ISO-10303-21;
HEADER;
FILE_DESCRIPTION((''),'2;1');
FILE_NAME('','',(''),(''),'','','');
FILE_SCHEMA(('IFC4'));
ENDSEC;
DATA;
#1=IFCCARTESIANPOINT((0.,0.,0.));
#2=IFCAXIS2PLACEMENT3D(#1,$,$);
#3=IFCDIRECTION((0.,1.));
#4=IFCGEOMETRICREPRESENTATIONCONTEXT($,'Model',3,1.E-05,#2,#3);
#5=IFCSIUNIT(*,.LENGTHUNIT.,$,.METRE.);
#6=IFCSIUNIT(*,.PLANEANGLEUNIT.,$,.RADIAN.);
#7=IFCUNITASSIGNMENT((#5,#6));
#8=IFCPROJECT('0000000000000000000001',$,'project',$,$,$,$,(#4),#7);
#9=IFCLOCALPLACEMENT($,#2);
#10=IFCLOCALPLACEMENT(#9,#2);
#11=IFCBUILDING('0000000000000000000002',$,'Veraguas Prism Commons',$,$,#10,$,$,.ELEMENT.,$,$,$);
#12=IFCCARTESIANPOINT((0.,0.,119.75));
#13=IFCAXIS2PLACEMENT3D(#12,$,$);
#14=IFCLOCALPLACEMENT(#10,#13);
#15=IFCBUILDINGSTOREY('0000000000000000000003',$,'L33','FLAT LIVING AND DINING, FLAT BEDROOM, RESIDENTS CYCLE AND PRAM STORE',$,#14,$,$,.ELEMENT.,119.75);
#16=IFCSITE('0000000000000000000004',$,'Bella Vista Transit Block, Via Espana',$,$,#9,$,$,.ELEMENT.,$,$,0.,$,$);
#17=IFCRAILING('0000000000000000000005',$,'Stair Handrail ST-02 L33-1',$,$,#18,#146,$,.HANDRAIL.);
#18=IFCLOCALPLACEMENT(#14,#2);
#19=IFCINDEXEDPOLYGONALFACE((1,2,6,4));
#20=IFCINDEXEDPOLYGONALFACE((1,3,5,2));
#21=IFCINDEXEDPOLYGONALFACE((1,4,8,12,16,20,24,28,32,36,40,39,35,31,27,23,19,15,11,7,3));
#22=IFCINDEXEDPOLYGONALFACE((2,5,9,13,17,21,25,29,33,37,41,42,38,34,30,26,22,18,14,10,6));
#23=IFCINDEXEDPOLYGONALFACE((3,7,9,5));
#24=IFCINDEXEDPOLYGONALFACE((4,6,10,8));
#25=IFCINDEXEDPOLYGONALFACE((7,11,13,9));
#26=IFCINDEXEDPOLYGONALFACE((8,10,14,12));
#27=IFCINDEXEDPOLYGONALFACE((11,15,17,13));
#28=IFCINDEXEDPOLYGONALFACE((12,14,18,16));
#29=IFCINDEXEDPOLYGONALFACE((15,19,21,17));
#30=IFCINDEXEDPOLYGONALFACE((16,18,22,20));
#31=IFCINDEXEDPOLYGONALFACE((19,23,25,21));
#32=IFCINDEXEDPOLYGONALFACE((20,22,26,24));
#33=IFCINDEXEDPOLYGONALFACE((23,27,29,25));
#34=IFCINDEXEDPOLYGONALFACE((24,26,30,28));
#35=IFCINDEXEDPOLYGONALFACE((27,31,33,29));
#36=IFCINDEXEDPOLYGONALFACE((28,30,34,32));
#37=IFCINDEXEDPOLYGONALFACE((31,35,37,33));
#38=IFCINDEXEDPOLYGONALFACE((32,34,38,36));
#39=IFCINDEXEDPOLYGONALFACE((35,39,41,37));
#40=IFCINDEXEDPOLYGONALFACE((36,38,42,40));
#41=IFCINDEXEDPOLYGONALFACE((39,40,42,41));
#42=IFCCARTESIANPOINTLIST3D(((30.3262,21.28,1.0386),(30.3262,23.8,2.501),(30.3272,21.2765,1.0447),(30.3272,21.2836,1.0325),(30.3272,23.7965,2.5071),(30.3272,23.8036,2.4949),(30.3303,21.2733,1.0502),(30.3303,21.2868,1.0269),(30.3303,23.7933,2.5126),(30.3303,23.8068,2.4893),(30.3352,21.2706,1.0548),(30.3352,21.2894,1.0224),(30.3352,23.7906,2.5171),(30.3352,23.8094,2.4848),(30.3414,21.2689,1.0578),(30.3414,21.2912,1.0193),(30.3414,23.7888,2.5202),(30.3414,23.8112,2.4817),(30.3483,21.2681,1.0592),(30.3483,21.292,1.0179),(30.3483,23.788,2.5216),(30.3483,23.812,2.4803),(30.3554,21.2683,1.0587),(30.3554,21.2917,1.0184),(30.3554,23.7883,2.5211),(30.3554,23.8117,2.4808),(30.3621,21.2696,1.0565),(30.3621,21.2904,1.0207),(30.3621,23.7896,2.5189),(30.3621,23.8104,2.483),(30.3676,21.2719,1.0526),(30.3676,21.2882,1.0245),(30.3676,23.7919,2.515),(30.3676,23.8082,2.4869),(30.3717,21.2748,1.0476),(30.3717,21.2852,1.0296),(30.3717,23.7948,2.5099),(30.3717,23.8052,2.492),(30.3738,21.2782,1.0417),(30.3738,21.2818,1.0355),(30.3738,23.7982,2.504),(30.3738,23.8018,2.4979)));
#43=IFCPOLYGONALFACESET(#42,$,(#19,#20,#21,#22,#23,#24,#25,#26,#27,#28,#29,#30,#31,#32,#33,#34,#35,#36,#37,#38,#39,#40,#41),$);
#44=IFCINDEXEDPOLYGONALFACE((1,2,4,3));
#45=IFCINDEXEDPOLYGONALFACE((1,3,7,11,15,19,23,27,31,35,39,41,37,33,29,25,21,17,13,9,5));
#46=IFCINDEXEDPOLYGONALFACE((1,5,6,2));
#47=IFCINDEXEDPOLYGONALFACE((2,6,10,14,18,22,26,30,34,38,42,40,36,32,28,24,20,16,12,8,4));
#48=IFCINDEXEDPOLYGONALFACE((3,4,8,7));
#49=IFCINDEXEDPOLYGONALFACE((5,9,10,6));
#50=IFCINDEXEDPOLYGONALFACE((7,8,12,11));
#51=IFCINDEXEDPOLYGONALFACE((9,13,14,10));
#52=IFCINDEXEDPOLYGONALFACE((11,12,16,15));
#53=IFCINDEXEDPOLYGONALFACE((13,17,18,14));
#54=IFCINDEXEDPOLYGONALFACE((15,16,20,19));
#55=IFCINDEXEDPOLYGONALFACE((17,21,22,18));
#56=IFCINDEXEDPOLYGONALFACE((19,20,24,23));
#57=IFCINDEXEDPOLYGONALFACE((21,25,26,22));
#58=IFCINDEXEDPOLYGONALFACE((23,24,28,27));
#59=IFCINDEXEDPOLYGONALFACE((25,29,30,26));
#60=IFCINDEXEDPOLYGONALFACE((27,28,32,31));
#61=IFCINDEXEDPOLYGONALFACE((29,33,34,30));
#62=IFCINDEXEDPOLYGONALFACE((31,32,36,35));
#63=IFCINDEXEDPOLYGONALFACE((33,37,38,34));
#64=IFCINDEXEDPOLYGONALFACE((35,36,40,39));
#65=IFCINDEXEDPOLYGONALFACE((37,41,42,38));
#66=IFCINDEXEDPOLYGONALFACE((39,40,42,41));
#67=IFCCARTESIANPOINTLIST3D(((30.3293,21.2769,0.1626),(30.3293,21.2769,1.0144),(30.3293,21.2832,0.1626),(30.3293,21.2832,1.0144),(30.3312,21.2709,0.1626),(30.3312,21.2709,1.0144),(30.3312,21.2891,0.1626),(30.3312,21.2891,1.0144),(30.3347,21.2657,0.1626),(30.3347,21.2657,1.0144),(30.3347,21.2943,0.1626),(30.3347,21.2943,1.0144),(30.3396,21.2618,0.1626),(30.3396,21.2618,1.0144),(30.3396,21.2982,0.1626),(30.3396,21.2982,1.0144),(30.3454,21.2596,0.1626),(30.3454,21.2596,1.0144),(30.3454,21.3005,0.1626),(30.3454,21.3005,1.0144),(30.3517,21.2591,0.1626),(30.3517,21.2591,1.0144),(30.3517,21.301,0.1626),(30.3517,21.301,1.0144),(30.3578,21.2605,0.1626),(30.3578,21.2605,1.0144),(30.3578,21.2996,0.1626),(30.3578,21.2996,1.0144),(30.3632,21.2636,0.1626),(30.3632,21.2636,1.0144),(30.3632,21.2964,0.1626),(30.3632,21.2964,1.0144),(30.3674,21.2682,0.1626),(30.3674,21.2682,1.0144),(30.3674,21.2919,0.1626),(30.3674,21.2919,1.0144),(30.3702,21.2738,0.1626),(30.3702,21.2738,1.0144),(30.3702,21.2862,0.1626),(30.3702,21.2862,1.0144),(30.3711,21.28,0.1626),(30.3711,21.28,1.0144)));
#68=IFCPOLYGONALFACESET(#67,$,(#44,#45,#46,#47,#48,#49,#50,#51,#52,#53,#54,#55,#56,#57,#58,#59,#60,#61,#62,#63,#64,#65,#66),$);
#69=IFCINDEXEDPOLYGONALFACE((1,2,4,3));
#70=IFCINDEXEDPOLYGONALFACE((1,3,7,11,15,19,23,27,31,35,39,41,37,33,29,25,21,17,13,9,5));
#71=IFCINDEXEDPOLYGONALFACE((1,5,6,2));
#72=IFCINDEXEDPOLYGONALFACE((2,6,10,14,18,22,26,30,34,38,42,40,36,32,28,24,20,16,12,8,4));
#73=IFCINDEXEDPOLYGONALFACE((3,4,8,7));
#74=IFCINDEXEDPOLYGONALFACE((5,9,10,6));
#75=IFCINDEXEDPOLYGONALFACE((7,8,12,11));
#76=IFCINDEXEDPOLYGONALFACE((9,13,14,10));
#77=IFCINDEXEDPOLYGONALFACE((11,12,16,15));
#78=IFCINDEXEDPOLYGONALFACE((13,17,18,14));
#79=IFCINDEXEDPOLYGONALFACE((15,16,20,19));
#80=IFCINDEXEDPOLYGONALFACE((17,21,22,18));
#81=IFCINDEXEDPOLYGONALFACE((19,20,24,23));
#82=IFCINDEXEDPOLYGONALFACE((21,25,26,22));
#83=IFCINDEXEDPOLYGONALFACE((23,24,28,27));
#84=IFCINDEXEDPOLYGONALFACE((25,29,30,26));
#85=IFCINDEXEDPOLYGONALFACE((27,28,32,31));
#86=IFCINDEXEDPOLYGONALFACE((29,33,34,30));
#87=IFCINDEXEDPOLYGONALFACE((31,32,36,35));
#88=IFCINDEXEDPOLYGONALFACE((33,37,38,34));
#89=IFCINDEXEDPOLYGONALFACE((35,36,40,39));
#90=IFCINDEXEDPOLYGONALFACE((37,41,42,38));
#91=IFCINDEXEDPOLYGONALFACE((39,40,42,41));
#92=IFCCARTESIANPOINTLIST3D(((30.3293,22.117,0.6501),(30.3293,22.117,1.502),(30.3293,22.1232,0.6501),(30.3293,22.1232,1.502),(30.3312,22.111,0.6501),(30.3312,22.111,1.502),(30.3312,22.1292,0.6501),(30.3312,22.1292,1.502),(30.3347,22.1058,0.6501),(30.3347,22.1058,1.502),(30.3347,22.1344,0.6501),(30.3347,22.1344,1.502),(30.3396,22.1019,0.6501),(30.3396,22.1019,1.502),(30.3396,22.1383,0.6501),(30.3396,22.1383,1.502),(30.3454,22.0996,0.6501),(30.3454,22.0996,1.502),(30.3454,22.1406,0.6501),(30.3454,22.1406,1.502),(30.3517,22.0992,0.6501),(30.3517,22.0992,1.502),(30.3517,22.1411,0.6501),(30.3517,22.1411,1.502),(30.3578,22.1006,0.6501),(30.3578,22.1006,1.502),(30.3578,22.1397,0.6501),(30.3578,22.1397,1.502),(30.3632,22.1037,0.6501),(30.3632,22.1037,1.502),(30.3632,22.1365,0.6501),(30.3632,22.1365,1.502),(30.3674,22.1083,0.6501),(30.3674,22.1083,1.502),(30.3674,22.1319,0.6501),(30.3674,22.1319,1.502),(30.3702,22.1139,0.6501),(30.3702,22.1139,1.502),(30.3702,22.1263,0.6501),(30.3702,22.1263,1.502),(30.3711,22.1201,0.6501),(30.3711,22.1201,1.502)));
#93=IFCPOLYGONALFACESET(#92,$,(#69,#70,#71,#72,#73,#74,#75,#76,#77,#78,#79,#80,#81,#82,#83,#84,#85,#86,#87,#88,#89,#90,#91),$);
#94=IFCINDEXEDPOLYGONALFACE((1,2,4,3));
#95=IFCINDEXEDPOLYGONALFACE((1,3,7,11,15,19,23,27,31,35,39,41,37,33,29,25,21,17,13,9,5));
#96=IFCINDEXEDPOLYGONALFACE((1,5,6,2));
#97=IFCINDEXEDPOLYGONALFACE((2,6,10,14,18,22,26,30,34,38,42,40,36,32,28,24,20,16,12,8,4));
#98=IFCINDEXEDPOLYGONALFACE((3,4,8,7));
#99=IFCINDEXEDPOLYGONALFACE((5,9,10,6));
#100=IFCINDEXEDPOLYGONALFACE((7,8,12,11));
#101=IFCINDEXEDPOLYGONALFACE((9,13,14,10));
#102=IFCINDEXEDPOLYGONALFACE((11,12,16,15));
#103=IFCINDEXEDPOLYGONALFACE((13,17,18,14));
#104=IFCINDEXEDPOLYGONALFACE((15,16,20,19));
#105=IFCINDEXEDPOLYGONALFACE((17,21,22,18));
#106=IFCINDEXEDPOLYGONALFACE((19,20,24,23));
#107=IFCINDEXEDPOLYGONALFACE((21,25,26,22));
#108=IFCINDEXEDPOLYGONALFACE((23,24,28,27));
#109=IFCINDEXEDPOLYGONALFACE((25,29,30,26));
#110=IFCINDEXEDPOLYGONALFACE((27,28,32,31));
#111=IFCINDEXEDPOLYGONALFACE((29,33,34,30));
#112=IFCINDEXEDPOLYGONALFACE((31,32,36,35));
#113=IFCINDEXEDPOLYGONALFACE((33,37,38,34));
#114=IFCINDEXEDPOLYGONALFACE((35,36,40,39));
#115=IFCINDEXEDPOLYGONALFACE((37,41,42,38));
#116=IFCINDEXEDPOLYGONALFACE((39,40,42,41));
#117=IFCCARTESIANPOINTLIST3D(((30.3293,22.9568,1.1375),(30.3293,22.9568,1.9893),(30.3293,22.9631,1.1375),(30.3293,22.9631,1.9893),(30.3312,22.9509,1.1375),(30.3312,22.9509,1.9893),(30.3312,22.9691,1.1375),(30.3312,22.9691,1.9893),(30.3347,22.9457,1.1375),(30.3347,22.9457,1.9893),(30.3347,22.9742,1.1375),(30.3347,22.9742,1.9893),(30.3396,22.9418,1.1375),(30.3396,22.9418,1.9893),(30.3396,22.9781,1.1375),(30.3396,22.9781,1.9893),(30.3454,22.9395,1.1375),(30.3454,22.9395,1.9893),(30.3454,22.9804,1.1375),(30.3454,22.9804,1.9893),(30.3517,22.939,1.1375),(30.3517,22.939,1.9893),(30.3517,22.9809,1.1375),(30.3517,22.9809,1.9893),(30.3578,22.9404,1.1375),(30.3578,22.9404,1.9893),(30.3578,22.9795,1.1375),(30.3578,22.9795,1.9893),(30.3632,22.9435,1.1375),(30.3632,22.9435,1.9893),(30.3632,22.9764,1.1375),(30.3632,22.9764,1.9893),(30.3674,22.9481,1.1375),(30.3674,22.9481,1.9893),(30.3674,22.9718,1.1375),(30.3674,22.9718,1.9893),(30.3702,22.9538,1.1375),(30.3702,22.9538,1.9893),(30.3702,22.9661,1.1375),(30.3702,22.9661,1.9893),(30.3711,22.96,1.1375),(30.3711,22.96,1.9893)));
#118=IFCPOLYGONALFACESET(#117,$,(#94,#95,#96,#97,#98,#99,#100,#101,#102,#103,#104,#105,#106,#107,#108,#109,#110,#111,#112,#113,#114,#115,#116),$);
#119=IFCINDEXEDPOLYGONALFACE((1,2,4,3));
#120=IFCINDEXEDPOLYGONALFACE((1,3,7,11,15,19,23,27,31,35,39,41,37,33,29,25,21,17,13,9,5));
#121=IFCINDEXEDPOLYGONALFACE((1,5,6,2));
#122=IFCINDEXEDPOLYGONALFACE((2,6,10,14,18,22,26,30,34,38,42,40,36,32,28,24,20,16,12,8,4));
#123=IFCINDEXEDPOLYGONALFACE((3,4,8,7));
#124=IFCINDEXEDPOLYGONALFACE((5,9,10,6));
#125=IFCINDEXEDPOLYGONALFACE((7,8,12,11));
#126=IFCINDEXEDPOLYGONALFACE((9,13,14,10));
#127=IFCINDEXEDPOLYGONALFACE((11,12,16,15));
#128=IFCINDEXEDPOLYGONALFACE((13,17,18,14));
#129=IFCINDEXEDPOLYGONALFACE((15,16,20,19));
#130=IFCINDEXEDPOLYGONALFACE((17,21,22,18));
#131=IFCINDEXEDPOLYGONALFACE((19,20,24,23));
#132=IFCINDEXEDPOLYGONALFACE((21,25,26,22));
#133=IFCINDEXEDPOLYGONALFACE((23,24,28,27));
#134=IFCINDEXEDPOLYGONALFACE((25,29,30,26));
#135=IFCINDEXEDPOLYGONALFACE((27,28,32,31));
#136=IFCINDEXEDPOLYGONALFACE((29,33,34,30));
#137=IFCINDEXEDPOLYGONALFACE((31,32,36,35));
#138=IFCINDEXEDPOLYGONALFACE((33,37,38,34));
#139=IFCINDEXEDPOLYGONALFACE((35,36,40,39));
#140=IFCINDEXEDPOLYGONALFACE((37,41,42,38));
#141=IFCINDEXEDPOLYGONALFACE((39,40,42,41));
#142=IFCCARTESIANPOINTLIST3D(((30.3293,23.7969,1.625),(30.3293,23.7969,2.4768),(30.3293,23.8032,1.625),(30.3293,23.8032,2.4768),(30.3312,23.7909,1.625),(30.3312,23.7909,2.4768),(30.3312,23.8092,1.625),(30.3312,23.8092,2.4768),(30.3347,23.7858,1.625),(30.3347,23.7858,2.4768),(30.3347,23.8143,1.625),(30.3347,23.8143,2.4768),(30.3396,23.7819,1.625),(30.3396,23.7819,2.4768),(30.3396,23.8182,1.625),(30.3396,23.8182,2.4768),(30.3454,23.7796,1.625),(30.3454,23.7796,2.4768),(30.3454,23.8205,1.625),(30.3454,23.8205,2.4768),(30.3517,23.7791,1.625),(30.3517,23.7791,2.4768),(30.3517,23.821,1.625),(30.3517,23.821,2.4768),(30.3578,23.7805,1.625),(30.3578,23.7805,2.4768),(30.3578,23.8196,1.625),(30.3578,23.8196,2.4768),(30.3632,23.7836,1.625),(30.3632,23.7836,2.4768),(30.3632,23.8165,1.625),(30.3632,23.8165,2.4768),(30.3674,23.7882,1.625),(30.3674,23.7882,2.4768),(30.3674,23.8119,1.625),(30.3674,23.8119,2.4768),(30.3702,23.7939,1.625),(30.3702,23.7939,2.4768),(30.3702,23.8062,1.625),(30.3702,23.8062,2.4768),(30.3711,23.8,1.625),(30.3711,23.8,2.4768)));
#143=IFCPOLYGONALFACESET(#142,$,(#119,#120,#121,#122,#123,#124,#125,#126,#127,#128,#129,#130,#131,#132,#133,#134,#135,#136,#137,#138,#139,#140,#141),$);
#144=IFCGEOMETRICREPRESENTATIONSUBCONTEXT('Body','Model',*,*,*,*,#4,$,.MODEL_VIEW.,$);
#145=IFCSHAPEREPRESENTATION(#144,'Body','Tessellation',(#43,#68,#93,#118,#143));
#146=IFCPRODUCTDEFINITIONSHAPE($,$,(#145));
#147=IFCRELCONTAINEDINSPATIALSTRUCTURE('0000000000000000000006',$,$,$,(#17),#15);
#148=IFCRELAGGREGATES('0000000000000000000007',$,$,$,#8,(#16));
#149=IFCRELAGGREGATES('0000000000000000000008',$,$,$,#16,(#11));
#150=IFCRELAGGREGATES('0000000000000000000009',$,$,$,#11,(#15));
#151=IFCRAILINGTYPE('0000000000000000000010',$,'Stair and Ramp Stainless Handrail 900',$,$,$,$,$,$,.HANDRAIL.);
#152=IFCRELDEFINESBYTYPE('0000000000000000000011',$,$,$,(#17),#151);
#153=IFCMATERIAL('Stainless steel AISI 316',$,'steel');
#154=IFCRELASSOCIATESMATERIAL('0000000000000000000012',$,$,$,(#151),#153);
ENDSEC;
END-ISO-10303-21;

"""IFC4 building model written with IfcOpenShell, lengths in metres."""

from ifc_helpers import new_model, si_unit, direction, frame, origin, origin_2d, place, context, subcontext, project, spatial, circle, extrude, material, type_object, element, save


model = new_model("IFC4")

# Units and contexts
model_context = context("Model", 3, precision=1e-05, world=origin(), true_north=direction((0.0, 1.0)))
body_context = subcontext(model_context, "Body", "Model", "MODEL_VIEW")
ifc_project = project(units=[si_unit("LENGTHUNIT", "METRE"), si_unit("PLANEANGLEUNIT", "RADIAN")], contexts=[model_context])

# Site, building, storey
site_placement = place(None, origin())
site = spatial("IfcSite", under=ifc_project, at=site_placement, Name="Bella Vista Transit Block, Via Espana", CompositionType="ELEMENT", RefElevation=0.0)
building_placement = place(site_placement, origin())
building = spatial("IfcBuilding", under=site, at=building_placement, Name="Veraguas Prism Commons", CompositionType="ELEMENT")
storey_placement = place(building_placement, frame((0.0, 0.0, 119.75)))
storey = spatial("IfcBuildingStorey", under=building, at=storey_placement, Name="L33", Description="FLAT LIVING AND DINING, FLAT BEDROOM, RESIDENTS CYCLE AND PRAM STORE", CompositionType="ELEMENT", Elevation=119.75)

# Shared definitions
ifc_material_1 = material(Name="Stainless steel AISI 316", Category="steel")

# Railing
railing_type_1 = type_object("IfcRailingType", Name="Stair and Ramp Stainless Handrail 900", PredefinedType="HANDRAIL", material=ifc_material_1)
railing_1_placement = place(storey_placement, frame((30.3501, 21.28, 0.1626)))
element("IfcRailing", 1, at=railing_1_placement, inside=storey, type_object=railing_type_1, Name="Stair Handrail ST-02 L33-1", PredefinedType="HANDRAIL", context=body_context, shape_type="SweptSolid", body=[
    extrude(circle(Radius=0.0239, at=origin_2d()), frame((0.0, 0.0, 0.876), z_axis=(0.0, 0.864913, 0.501921), x_axis=(-1.0, 0.0, 0.0)), (0.0, 0.0, 1.0), 2.9136),
    extrude(circle(Radius=0.021, at=origin_2d()), origin(), (0.0, 0.0, 1.0), 0.8518),
    extrude(circle(Radius=0.021, at=origin_2d()), frame((0.0, 0.8401, 0.4875)), (0.0, 0.0, 1.0), 0.8518),
    extrude(circle(Radius=0.021, at=origin_2d()), frame((0.0, 1.6799, 0.9749)), (0.0, 0.0, 1.0), 0.8518),
    extrude(circle(Radius=0.021, at=origin_2d()), frame((0.0, 2.52, 1.4624)), (0.0, 0.0, 1.0), 0.8518),
])

save(model, "model.ifc")
